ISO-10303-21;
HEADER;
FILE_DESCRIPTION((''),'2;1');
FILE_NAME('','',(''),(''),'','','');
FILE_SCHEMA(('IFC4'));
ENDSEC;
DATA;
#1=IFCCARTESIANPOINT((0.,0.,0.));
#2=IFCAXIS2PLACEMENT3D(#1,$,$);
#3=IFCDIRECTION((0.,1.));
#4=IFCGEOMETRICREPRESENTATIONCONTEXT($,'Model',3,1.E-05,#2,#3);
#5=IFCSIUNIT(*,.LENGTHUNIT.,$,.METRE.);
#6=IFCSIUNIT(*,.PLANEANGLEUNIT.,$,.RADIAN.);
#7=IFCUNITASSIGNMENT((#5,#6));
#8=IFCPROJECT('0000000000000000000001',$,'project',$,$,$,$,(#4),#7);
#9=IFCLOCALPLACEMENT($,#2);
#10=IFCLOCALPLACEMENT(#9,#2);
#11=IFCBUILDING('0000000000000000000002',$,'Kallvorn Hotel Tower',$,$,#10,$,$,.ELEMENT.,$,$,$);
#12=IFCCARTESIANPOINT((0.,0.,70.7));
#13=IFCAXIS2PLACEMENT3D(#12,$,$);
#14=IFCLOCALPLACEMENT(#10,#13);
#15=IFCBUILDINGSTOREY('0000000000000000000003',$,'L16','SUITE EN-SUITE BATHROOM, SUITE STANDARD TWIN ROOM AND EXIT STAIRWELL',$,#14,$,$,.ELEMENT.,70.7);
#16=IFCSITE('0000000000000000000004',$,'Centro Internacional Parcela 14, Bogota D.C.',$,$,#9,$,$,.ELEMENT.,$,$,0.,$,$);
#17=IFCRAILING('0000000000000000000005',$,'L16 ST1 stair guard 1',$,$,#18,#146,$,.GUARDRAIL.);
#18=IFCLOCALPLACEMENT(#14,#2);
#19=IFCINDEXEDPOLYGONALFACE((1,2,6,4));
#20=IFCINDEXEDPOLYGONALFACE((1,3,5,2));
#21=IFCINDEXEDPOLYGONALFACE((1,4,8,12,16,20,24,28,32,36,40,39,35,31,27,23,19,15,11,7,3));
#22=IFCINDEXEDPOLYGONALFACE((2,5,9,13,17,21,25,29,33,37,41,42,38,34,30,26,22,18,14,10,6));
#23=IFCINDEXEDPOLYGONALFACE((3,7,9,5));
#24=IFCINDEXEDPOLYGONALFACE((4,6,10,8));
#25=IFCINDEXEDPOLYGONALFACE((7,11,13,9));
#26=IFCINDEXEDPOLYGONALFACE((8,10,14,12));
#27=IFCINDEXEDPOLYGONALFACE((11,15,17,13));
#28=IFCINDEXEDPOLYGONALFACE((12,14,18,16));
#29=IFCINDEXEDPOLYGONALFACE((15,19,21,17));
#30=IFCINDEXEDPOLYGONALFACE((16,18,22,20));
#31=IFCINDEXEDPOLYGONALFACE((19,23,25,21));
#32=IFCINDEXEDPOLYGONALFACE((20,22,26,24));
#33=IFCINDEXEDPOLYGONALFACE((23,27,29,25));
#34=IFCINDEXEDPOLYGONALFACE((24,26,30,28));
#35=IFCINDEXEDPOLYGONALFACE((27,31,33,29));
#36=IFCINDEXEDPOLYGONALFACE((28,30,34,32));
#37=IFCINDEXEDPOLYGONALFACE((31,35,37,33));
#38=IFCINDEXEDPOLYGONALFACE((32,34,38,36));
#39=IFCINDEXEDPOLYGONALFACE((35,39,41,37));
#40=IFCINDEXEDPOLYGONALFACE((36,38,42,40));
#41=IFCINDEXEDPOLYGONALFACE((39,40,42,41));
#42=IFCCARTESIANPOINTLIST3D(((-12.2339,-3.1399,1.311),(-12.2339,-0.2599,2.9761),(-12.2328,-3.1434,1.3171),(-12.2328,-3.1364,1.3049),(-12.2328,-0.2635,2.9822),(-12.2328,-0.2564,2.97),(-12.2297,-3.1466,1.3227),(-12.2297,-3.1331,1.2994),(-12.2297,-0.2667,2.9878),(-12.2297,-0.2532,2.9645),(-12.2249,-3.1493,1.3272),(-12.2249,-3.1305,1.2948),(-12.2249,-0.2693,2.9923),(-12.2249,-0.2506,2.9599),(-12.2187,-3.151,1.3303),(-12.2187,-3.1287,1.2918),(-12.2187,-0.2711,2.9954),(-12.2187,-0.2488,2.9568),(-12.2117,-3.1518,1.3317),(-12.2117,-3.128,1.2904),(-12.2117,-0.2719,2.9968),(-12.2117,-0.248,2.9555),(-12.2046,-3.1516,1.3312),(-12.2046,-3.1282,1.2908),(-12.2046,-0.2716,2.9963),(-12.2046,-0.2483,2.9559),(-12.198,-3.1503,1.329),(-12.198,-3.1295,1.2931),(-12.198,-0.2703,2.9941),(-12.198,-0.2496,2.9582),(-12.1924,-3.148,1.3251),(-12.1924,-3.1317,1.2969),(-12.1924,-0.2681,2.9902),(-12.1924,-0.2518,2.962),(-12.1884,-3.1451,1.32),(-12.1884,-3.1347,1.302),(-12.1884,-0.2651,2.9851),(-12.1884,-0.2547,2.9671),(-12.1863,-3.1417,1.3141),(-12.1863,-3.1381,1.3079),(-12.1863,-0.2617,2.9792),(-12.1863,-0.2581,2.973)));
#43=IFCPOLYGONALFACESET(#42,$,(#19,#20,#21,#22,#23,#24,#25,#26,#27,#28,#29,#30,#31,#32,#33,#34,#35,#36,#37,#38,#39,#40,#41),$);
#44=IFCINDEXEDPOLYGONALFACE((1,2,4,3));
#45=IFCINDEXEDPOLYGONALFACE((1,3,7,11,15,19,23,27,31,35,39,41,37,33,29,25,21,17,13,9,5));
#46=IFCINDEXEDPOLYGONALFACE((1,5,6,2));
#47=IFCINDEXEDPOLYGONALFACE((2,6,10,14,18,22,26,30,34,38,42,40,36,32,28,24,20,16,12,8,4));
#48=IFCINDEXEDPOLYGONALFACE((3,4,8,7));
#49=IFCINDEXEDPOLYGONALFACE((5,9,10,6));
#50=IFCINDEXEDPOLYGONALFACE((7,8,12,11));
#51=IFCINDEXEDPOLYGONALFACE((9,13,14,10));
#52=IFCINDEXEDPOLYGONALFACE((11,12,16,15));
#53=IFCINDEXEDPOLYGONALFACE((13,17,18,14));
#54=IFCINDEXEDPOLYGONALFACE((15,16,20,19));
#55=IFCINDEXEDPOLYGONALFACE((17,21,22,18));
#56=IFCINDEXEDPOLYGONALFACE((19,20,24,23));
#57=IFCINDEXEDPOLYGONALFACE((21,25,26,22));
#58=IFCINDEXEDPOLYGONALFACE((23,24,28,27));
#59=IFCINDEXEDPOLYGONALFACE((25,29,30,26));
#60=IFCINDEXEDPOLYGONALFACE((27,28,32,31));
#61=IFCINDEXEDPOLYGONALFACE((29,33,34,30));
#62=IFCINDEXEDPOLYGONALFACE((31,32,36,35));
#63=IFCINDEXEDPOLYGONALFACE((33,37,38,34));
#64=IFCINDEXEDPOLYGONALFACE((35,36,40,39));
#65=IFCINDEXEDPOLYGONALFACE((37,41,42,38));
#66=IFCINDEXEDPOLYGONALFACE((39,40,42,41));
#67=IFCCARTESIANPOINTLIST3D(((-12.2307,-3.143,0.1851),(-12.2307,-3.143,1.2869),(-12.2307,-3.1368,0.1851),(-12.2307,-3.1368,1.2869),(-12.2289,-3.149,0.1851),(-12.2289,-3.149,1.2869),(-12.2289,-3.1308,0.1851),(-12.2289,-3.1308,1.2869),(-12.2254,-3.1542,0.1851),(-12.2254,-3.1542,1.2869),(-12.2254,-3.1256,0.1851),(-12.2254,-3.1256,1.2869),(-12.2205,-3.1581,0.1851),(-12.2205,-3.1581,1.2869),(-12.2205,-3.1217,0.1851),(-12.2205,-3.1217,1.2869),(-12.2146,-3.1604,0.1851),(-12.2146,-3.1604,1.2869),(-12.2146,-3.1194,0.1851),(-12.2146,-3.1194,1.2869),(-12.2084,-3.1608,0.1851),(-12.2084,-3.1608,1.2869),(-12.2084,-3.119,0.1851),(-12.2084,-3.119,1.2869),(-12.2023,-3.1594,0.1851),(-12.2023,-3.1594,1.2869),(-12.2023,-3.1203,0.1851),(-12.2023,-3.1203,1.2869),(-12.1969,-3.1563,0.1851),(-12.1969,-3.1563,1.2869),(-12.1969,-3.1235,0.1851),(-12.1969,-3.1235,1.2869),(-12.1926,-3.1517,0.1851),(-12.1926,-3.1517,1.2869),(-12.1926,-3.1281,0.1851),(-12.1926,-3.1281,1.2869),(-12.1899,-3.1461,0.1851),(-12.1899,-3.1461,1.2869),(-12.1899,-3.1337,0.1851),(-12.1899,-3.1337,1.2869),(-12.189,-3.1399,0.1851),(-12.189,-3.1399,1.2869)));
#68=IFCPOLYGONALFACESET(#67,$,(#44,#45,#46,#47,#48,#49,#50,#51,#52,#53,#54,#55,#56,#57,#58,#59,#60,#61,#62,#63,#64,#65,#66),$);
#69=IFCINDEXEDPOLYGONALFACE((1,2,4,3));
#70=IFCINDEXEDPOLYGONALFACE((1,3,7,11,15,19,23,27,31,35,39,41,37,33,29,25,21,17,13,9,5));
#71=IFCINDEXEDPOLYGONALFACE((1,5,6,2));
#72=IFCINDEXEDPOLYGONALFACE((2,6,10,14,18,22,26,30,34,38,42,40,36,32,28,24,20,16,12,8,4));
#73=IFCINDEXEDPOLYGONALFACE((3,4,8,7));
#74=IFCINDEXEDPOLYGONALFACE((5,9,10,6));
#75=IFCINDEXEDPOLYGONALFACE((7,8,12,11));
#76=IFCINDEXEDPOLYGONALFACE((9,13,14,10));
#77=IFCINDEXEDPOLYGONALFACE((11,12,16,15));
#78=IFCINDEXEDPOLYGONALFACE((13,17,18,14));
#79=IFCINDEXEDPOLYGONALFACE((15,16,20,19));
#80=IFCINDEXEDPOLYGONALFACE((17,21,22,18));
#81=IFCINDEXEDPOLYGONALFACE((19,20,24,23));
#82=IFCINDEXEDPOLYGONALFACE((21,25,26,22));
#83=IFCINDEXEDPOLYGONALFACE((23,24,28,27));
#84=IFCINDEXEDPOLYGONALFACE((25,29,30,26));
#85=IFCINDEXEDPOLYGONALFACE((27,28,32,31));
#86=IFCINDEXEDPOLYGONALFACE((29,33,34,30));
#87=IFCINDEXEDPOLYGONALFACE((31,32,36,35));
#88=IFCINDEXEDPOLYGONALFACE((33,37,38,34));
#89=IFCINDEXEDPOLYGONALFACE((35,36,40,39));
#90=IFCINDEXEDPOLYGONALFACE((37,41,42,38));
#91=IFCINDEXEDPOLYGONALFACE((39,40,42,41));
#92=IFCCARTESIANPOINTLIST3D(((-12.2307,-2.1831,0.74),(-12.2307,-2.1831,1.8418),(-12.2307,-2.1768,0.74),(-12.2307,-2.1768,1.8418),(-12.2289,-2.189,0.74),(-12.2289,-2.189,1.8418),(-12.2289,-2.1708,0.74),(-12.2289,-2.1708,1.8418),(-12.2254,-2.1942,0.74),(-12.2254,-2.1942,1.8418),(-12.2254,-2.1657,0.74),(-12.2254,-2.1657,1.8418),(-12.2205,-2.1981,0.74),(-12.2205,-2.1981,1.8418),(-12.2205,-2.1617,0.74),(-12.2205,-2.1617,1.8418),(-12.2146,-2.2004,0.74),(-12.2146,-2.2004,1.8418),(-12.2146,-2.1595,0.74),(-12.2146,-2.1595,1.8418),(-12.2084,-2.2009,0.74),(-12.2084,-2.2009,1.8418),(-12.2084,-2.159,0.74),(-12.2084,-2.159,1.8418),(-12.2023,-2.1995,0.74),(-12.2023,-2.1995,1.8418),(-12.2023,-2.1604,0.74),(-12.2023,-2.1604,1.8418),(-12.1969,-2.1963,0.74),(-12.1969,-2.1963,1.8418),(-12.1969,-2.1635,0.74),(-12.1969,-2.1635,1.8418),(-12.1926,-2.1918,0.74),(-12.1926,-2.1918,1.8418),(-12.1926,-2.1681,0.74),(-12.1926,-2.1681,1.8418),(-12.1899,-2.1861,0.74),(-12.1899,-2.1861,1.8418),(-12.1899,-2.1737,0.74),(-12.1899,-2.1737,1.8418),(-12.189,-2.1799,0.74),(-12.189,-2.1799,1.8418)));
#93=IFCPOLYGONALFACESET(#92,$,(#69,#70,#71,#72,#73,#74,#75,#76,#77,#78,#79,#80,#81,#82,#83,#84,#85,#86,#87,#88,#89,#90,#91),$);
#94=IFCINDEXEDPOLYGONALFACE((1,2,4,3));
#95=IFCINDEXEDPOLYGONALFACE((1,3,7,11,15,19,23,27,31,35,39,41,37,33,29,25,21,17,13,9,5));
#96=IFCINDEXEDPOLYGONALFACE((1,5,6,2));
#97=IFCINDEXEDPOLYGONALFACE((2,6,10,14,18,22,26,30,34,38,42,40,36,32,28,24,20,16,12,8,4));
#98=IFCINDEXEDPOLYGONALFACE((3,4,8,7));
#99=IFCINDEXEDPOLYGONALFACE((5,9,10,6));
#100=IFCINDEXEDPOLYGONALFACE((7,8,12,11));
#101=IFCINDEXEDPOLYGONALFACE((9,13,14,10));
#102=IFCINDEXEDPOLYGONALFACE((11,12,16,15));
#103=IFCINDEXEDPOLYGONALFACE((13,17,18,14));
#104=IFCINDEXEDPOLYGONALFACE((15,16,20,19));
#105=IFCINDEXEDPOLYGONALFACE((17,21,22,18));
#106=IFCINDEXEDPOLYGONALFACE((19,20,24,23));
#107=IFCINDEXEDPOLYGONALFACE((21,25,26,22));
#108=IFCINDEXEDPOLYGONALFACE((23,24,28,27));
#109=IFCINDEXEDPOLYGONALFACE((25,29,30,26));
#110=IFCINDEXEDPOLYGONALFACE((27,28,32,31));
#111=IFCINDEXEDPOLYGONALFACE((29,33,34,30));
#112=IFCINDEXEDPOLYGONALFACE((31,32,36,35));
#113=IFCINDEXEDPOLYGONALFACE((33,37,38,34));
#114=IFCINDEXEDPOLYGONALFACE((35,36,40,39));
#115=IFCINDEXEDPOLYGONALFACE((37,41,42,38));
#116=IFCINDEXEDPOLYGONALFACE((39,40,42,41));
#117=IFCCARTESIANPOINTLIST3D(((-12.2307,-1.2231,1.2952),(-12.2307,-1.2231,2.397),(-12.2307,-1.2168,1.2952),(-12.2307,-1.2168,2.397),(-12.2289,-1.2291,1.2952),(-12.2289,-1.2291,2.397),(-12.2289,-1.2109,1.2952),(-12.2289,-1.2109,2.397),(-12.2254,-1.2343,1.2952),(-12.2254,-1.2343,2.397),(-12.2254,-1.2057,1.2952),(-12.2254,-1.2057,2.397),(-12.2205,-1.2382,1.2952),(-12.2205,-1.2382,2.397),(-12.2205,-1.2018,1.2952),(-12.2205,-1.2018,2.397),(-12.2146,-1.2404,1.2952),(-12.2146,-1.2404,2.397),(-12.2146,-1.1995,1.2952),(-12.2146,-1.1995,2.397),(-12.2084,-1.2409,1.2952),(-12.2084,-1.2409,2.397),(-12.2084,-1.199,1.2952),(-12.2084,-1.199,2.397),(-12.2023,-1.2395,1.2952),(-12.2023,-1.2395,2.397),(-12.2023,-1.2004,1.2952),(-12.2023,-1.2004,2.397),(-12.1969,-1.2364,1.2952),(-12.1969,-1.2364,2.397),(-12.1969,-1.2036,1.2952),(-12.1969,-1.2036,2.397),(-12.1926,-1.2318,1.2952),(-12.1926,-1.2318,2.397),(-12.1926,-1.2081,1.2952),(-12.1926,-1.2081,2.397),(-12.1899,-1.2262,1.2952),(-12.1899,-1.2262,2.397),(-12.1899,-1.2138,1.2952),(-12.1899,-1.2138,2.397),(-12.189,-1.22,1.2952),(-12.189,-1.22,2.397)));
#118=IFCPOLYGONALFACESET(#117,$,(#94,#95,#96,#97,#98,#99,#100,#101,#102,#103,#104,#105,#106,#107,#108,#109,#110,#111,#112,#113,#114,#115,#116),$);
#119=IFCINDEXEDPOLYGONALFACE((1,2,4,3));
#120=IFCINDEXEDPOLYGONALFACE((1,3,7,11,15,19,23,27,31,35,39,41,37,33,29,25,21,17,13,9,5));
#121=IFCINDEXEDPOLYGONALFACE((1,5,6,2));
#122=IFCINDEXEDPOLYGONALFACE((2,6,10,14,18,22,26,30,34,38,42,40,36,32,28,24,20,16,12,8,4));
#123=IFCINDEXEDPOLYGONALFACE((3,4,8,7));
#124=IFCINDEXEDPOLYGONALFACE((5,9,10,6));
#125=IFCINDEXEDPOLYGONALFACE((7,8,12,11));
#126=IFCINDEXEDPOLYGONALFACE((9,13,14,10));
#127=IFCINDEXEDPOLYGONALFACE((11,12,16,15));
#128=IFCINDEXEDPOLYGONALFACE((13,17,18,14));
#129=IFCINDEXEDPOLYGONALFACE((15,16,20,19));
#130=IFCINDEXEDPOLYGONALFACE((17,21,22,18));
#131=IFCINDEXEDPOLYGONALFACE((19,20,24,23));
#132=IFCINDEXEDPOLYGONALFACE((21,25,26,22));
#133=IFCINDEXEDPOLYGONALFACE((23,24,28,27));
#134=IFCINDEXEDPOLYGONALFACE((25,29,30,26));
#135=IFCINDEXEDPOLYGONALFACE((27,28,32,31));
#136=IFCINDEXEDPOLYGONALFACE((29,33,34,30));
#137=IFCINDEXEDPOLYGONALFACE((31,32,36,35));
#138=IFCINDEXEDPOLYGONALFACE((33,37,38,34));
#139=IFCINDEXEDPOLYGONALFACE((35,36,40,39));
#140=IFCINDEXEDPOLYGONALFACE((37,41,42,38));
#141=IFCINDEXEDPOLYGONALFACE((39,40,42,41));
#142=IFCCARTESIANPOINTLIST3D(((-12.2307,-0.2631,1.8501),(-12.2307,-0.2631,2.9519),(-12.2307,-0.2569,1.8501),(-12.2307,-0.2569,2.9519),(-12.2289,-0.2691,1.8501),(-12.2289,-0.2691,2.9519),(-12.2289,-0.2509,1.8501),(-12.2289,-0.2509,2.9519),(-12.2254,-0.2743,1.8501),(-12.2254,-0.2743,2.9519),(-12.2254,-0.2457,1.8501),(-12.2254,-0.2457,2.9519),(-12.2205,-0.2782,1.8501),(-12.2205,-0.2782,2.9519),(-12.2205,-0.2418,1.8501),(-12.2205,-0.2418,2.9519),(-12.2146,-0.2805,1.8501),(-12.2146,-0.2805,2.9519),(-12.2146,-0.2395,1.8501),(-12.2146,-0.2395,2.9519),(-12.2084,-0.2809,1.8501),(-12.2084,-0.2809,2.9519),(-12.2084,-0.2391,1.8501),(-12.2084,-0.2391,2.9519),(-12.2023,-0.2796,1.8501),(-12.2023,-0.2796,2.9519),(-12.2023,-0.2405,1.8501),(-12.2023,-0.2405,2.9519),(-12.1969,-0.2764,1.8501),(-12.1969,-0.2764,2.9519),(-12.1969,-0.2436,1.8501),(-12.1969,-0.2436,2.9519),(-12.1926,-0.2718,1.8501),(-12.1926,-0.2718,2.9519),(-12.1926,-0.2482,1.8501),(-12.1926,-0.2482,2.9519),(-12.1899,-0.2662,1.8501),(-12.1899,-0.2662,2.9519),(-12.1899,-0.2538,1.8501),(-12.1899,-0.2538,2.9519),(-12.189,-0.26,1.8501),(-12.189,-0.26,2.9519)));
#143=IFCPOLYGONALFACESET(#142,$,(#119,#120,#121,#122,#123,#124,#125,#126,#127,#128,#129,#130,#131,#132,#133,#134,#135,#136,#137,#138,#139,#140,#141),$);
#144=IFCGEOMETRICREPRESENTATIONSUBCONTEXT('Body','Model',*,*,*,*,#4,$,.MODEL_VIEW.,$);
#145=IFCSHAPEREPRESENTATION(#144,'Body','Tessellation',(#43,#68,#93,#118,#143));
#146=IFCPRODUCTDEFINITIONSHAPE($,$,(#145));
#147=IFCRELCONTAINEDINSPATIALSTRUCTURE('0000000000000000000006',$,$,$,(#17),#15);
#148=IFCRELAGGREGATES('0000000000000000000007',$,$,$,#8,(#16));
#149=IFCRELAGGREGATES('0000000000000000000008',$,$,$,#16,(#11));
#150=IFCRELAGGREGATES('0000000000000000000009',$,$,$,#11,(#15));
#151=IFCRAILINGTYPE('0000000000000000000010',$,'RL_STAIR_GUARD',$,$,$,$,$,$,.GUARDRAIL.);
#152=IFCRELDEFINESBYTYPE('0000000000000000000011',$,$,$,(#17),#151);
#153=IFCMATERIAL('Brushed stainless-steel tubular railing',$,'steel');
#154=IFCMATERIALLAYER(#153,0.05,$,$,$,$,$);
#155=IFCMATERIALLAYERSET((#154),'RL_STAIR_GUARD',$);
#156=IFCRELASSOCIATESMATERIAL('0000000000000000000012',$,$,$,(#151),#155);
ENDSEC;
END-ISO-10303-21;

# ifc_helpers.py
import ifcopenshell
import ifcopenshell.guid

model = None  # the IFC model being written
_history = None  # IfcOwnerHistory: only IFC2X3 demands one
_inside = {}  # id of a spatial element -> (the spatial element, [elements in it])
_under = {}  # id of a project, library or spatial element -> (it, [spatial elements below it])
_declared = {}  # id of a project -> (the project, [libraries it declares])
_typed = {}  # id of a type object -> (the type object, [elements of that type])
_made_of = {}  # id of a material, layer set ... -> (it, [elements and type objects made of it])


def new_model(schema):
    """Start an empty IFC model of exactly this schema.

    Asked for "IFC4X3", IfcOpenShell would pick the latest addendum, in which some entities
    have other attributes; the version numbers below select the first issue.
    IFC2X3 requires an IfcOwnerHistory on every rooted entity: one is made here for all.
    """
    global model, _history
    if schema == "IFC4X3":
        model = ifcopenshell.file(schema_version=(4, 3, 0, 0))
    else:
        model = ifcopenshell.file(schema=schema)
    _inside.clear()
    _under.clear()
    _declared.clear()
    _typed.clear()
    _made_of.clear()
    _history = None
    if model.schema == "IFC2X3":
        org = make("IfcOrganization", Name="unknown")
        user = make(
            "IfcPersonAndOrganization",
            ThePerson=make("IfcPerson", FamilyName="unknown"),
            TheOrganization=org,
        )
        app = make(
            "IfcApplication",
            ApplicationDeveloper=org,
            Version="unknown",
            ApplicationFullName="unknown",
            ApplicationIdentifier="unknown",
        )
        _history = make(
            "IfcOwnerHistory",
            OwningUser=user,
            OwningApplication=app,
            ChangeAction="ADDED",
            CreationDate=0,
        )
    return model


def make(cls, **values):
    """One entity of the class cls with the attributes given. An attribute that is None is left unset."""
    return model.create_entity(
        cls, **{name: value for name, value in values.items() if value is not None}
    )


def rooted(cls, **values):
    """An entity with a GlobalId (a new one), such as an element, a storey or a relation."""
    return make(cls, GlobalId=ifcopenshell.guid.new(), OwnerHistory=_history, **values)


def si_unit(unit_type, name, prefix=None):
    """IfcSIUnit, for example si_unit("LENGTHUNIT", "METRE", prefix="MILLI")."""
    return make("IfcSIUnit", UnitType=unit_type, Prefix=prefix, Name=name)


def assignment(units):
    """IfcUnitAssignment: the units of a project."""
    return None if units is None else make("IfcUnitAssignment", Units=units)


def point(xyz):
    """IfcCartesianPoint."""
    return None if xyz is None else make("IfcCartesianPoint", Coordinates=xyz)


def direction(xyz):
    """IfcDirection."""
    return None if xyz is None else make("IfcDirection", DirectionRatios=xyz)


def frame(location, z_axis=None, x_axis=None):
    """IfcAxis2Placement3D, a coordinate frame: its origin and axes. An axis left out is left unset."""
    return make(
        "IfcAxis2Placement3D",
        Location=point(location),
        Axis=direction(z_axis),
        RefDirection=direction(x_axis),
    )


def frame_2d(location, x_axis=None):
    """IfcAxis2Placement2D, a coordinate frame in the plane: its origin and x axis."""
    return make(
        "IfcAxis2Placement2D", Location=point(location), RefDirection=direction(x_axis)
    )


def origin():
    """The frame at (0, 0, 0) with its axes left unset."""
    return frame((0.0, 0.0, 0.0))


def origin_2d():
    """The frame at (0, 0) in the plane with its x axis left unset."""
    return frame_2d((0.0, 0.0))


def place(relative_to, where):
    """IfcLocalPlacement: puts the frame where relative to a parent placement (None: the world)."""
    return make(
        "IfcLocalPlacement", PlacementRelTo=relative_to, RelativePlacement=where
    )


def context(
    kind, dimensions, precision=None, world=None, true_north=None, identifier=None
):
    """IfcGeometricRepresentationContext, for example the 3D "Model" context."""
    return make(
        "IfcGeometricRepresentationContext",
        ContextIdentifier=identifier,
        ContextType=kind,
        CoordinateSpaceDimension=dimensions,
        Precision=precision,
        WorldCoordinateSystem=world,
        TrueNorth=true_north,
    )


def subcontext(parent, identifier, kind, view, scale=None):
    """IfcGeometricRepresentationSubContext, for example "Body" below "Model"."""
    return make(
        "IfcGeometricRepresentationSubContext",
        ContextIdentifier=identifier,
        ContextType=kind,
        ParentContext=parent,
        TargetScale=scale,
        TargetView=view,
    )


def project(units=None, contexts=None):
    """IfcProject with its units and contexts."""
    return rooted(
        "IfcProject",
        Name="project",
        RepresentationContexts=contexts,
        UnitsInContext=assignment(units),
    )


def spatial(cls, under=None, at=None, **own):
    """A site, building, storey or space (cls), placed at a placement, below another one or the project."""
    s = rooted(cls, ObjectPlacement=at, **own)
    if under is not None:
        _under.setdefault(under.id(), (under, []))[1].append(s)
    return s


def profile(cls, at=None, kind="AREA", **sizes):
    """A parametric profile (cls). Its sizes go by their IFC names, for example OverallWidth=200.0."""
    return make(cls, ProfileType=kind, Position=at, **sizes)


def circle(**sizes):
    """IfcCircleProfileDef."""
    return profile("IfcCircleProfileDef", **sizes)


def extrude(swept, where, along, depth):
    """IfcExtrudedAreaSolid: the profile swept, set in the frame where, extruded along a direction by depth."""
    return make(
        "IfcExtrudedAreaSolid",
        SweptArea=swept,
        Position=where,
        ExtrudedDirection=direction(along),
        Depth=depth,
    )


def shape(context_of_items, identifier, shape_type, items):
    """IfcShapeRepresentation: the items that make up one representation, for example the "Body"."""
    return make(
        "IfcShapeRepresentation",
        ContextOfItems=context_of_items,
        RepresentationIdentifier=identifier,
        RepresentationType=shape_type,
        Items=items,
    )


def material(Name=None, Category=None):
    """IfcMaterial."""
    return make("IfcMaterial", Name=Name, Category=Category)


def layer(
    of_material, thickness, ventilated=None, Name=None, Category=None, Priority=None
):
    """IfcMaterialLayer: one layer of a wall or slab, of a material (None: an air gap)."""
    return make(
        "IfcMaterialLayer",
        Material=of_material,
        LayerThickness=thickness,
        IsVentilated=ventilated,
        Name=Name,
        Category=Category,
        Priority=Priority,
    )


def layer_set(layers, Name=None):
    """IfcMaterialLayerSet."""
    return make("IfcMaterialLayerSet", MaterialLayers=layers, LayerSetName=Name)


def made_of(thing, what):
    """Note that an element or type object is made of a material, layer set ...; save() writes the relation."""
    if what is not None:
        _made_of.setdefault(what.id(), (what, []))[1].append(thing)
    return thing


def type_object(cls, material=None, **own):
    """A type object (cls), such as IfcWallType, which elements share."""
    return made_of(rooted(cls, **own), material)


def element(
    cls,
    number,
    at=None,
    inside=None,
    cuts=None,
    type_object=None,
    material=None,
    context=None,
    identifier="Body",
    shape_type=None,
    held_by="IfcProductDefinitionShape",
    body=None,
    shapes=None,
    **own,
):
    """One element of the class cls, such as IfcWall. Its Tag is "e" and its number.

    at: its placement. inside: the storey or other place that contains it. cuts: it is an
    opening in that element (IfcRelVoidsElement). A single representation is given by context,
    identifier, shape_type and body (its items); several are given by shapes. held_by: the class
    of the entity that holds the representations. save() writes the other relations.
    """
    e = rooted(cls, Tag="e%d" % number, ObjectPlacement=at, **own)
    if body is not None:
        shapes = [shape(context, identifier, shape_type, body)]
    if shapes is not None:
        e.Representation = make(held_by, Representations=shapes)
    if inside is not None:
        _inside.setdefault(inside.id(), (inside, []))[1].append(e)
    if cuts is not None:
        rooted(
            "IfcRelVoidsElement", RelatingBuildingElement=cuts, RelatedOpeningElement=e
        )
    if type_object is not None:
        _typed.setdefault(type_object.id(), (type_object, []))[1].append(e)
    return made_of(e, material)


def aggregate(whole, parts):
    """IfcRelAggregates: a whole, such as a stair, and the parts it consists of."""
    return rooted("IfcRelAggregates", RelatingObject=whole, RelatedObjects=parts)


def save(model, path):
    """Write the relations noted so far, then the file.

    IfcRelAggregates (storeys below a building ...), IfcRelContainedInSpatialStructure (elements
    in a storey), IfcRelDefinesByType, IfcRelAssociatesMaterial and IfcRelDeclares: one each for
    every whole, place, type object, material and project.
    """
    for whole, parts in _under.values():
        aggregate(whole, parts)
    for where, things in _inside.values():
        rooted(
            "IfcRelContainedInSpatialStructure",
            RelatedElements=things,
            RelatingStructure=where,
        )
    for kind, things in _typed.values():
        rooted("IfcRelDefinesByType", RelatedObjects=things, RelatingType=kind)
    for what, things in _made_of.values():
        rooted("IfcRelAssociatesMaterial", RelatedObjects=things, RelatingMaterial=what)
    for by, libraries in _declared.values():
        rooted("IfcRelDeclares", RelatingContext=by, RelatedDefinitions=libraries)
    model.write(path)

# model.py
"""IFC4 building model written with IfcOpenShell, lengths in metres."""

from ifc_helpers import new_model, si_unit, direction, frame, origin, origin_2d, place, context, subcontext, project, spatial, circle, extrude, material, layer, layer_set, type_object, element, save


model = new_model("IFC4")

# Units and contexts
model_context = context("Model", 3, precision=1e-05, world=origin(), true_north=direction((0.0, 1.0)))
body_context = subcontext(model_context, "Body", "Model", "MODEL_VIEW")
ifc_project = project(units=[si_unit("LENGTHUNIT", "METRE"), si_unit("PLANEANGLEUNIT", "RADIAN")], contexts=[model_context])

# Site, building, storey
site_placement = place(None, origin())
site = spatial("IfcSite", under=ifc_project, at=site_placement, Name="Centro Internacional Parcela 14, Bogota D.C.", CompositionType="ELEMENT", RefElevation=0.0)
building_placement = place(site_placement, origin())
building = spatial("IfcBuilding", under=site, at=building_placement, Name="Kallvorn Hotel Tower", CompositionType="ELEMENT")
storey_placement = place(building_placement, frame((0.0, 0.0, 70.7)))
storey = spatial("IfcBuildingStorey", under=building, at=storey_placement, Name="L16", Description="SUITE EN-SUITE BATHROOM, SUITE STANDARD TWIN ROOM AND EXIT STAIRWELL", CompositionType="ELEMENT", Elevation=70.7)

# Railing
ifc_material_1 = material(Name="Brushed stainless-steel tubular railing", Category="steel")
ifc_layer_1 = layer(ifc_material_1, 0.05)
ifc_layer_set_1 = layer_set([ifc_layer_1], Name="RL_STAIR_GUARD")
railing_type_1 = type_object("IfcRailingType", Name="RL_STAIR_GUARD", PredefinedType="GUARDRAIL", material=ifc_layer_set_1)
railing_1_placement = place(storey_placement, frame((-12.21, -3.1399, 0.1851)))
element("IfcRailing", 1, at=railing_1_placement, inside=storey, type_object=railing_type_1, Name="L16 ST1 stair guard 1", PredefinedType="GUARDRAIL", context=body_context, shape_type="SweptSolid", body=[
    extrude(circle(Radius=0.0239, at=origin_2d()), frame((0.0, 0.0, 1.126), z_axis=(0.0, 0.865721, 0.500527), x_axis=(-1.0, 0.0, 0.0)), (0.0, 0.0, 1.0), 3.3267),
    extrude(circle(Radius=0.021, at=origin_2d()), origin(), (0.0, 0.0, 1.0), 1.1018),
    extrude(circle(Radius=0.021, at=origin_2d()), frame((0.0, 0.96, 0.5549)), (0.0, 0.0, 1.0), 1.1018),
    extrude(circle(Radius=0.021, at=origin_2d()), frame((0.0, 1.9199, 1.1101)), (0.0, 0.0, 1.0), 1.1018),
    extrude(circle(Radius=0.021, at=origin_2d()), frame((0.0, 2.8799, 1.665)), (0.0, 0.0, 1.0), 1.1018),
])

save(model, "model.ifc")
